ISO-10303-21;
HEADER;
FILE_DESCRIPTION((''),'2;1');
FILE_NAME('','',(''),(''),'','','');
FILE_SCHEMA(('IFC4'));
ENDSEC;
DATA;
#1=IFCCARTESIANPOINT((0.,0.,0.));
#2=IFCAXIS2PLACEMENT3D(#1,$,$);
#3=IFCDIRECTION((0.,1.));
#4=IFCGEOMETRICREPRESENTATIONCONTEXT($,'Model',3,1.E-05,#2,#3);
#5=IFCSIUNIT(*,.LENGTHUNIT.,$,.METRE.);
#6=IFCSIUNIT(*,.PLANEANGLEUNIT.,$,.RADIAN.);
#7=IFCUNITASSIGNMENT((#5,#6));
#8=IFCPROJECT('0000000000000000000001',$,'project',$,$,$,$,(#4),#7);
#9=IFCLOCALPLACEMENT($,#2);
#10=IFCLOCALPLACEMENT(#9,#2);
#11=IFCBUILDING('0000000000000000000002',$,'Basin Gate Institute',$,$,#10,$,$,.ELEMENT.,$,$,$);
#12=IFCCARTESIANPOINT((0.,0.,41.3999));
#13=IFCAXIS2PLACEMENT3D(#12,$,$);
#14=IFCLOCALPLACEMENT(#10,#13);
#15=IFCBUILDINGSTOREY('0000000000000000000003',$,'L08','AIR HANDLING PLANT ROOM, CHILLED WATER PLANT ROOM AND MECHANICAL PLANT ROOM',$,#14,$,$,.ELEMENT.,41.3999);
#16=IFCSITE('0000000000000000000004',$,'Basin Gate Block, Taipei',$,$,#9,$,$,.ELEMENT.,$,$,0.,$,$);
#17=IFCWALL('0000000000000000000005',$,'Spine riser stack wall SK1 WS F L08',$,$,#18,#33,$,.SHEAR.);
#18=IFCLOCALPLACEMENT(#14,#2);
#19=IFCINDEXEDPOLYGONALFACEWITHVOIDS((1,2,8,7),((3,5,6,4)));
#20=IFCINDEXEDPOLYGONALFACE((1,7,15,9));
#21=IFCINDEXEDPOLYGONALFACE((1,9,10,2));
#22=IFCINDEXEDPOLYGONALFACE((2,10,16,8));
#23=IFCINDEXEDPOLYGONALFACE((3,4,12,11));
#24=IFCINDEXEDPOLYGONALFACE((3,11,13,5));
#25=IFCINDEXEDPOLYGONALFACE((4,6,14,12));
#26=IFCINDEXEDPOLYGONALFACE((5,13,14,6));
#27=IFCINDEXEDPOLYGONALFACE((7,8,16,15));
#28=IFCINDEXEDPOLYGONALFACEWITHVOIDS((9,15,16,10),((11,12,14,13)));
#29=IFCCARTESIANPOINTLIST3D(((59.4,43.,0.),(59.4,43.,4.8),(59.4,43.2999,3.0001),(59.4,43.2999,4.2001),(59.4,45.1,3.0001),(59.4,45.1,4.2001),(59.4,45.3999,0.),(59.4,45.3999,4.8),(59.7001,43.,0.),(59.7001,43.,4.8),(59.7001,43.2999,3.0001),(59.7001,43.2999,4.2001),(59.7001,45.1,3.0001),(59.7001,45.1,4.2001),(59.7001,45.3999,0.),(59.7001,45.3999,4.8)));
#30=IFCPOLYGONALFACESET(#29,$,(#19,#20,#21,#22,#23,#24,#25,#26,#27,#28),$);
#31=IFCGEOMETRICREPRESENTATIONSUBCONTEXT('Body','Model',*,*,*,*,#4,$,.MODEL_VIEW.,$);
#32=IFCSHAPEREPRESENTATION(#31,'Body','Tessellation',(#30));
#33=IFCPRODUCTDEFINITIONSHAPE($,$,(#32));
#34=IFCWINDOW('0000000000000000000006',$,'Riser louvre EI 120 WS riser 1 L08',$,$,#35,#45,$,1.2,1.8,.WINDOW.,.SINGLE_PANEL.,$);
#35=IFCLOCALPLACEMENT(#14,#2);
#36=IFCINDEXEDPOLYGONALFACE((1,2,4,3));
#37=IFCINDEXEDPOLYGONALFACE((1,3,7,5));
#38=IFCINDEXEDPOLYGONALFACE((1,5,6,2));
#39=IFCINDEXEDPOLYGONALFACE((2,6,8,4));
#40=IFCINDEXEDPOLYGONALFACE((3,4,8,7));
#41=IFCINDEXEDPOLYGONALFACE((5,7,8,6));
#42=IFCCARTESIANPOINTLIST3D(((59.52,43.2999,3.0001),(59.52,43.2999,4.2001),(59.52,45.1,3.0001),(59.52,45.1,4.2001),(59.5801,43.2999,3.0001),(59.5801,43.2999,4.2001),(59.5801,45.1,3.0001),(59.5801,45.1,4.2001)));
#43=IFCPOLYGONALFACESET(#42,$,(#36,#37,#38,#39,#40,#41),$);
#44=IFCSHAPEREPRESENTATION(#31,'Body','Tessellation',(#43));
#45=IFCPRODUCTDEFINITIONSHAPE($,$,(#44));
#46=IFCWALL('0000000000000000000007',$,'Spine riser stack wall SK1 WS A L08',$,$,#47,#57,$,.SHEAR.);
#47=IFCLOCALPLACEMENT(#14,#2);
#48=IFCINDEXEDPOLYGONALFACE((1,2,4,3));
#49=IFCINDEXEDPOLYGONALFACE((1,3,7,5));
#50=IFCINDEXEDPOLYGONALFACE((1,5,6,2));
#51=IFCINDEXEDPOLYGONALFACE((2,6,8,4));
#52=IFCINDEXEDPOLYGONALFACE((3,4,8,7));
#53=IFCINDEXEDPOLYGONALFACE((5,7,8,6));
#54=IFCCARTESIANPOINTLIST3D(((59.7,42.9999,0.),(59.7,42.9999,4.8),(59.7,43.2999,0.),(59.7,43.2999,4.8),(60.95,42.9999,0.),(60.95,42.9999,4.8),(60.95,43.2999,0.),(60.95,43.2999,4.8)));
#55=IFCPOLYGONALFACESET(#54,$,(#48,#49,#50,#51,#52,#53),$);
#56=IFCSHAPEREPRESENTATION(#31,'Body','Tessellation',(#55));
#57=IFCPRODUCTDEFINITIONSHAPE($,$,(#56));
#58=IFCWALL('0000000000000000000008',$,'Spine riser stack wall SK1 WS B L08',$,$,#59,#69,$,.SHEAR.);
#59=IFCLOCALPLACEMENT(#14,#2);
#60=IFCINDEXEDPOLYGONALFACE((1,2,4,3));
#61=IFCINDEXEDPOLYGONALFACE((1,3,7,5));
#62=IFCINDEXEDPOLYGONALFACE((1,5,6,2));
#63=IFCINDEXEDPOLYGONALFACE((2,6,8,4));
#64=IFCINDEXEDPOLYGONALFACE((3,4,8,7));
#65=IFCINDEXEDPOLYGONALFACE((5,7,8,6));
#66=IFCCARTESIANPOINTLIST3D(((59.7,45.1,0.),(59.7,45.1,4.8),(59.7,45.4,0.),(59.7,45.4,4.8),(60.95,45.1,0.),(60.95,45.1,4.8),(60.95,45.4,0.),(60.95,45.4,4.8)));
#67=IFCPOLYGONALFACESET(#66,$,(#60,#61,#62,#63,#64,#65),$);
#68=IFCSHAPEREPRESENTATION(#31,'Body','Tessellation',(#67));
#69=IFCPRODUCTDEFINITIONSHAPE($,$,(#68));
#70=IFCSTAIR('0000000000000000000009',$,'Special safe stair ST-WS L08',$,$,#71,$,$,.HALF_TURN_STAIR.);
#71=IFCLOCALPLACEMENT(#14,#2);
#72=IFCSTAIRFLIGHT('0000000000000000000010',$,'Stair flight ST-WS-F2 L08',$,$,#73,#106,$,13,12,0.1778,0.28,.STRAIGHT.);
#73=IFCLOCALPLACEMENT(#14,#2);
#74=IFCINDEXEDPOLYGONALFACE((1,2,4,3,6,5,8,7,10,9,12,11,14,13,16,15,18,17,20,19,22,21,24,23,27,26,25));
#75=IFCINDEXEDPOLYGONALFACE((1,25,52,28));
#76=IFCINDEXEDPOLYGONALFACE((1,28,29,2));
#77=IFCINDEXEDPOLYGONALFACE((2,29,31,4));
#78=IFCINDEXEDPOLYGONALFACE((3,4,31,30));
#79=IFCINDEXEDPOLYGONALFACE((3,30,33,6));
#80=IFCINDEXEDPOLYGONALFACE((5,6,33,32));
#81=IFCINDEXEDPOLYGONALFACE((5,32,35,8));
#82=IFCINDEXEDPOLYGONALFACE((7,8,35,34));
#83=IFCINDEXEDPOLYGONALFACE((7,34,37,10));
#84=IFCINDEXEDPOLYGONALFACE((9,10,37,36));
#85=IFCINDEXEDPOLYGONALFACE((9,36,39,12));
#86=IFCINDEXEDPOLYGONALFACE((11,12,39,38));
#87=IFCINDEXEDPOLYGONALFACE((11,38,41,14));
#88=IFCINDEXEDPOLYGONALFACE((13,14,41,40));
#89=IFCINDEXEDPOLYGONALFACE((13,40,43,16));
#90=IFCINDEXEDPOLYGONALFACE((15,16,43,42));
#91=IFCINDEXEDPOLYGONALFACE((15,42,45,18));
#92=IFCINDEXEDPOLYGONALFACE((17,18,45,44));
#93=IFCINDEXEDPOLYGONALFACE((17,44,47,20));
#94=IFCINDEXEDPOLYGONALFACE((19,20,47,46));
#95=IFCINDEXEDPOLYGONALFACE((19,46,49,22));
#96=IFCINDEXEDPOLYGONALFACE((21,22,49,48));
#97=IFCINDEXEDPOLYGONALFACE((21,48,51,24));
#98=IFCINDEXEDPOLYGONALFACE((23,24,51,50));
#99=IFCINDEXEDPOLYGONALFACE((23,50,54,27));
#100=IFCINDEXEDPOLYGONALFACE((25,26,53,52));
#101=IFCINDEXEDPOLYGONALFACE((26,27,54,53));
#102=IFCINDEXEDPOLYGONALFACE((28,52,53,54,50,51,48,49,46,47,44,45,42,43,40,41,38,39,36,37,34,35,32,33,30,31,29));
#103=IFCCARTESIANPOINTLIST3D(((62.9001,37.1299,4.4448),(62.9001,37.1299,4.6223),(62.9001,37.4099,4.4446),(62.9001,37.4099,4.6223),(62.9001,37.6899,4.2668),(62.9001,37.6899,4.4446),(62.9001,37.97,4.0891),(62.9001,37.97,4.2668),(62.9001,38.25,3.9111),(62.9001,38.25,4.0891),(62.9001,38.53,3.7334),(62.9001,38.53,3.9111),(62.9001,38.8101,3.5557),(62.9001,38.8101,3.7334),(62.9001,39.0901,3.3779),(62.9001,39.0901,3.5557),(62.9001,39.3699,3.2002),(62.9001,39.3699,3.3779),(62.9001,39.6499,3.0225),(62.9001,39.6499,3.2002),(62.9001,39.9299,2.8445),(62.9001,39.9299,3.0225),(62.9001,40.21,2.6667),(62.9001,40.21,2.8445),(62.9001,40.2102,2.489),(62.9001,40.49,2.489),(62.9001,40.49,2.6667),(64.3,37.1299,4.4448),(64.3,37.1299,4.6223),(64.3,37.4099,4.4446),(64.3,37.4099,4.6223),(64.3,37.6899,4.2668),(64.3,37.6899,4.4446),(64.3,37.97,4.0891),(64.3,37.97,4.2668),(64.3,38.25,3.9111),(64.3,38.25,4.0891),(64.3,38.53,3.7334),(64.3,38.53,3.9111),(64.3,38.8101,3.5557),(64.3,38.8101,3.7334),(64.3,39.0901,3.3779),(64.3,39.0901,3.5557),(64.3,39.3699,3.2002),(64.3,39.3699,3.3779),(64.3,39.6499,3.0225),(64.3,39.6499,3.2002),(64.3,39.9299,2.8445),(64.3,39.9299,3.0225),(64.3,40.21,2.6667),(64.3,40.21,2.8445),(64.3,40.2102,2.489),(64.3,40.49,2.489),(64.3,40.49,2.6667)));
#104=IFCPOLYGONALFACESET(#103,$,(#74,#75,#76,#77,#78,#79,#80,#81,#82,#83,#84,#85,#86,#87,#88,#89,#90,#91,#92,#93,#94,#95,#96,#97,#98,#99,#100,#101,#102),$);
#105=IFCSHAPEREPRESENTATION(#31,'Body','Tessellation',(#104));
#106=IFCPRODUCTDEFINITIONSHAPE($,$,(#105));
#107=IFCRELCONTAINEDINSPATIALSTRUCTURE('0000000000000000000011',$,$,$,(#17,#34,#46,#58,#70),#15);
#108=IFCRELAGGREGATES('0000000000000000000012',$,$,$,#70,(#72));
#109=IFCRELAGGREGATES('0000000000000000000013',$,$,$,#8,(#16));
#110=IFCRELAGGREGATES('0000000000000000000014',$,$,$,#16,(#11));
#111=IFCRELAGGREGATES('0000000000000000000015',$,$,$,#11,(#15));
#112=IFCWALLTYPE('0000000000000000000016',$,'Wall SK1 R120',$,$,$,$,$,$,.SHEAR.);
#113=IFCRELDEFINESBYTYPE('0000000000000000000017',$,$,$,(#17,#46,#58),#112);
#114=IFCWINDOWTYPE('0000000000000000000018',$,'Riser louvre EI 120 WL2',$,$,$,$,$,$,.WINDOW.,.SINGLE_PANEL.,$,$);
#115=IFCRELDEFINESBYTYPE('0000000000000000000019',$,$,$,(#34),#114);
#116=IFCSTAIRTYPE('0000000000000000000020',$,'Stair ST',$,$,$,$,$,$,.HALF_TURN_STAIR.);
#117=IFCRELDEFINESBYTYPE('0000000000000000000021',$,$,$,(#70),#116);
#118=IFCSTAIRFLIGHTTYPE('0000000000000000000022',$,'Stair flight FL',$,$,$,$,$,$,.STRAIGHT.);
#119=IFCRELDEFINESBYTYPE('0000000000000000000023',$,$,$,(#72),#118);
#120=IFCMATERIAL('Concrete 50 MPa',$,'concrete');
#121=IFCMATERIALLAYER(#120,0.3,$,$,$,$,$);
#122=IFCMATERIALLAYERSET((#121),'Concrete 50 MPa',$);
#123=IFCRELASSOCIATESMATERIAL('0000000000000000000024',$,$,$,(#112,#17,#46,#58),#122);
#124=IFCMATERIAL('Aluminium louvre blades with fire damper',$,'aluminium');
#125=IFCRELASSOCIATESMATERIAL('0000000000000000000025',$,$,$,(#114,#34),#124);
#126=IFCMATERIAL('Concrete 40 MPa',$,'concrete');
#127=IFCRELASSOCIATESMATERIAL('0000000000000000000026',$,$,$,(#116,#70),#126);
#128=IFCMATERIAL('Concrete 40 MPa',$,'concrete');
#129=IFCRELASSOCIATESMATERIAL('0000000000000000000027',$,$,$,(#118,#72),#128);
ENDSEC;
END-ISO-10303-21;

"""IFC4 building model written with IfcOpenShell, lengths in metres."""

from ifc_helpers import new_model, si_unit, direction, frame, frame_2d, origin, place, context, subcontext, project, spatial, polyline, rectangle, outline, extrude, material, layer, layer_set, type_object, element, fill, aggregate, save


model = new_model("IFC4")

# Units and contexts
model_context = context("Model", 3, precision=1e-05, world=origin(), true_north=direction((0.0, 1.0)))
body_context = subcontext(model_context, "Body", "Model", "MODEL_VIEW")
ifc_project = project(units=[si_unit("LENGTHUNIT", "METRE"), si_unit("PLANEANGLEUNIT", "RADIAN")], contexts=[model_context])

# Site, building, storey
site_placement = place(None, origin())
site = spatial("IfcSite", under=ifc_project, at=site_placement, Name="Basin Gate Block, Taipei", CompositionType="ELEMENT", RefElevation=0.0)
building_placement = place(site_placement, origin())
building = spatial("IfcBuilding", under=site, at=building_placement, Name="Basin Gate Institute", CompositionType="ELEMENT")
storey_placement = place(building_placement, frame((0.0, 0.0, 41.3999)))
storey = spatial("IfcBuildingStorey", under=building, at=storey_placement, Name="L08", Description="AIR HANDLING PLANT ROOM, CHILLED WATER PLANT ROOM AND MECHANICAL PLANT ROOM", CompositionType="ELEMENT", Elevation=41.3999)

# Wall, opening, window
ifc_material_1 = material(Name="Concrete 50 MPa", Category="concrete")
ifc_layer_1 = layer(ifc_material_1, 0.3)
ifc_layer_set_1 = layer_set([ifc_layer_1], Name="Concrete 50 MPa")
wall_type_1 = type_object("IfcWallType", Name="Wall SK1 R120", PredefinedType="SHEAR", material=ifc_layer_set_1)
wall_1_placement = place(storey_placement, frame((59.55, 43.0, 0.0), z_axis=(0.0, 0.0, 1.0), x_axis=(0.0, 1.0, 0.0)))
wall_1 = element("IfcWall", 1, at=wall_1_placement, inside=storey, type_object=wall_type_1, material=ifc_layer_set_1, Name="Spine riser stack wall SK1 WS F L08", PredefinedType="SHEAR", context=body_context, shape_type="SweptSolid", body=[
    extrude(rectangle(XDim=2.3999, YDim=0.3, at=frame_2d((1.2, 0.0))), origin(), (0.0, 0.0, 1.0), 4.8),
])
opening_1_placement = place(wall_1_placement, frame((0.3, 0.0, 3.0)))
opening_1 = element("IfcOpeningElement", 2, at=opening_1_placement, cuts=wall_1, PredefinedType="OPENING", context=body_context, shape_type="SweptSolid", body=[
    extrude(rectangle(XDim=1.8, YDim=1.2, at=frame_2d((0.8999, 0.6001))), frame((0.0, 0.1602, 0.0), z_axis=(0.0, -1.0, 0.0), x_axis=(1.0, 0.0, 0.0)), (0.0, 0.0, 1.0), 0.3201),
])
ifc_material_2 = material(Name="Aluminium louvre blades with fire damper", Category="aluminium")
window_type = type_object("IfcWindowType", Name="Riser louvre EI 120 WL2", PartitioningType="SINGLE_PANEL", PredefinedType="WINDOW", material=ifc_material_2)
window_placement = place(opening_1_placement, origin())
window = element("IfcWindow", 3, at=window_placement, inside=storey, type_object=window_type, material=ifc_material_2, Name="Riser louvre EI 120 WS riser 1 L08", OverallHeight=1.2, OverallWidth=1.8, PartitioningType="SINGLE_PANEL", PredefinedType="WINDOW", context=body_context, shape_type="SweptSolid", body=[
    extrude(rectangle(XDim=1.8, YDim=1.2, at=frame_2d((0.8999, 0.6001))), frame((0.0, 0.03, 0.0), z_axis=(0.0, -1.0, 0.0), x_axis=(1.0, 0.0, 0.0)), (0.0, 0.0, 1.0), 0.0601),
])
fill(opening_1, window)

# Walls
for number, where, z_axis, x_axis, name in (
    (4, (60.95, 43.1499, 0.0), (0.0, 0.0, 1.0), (-1.0, 0.0, 0.0), "Spine riser stack wall SK1 WS A L08"),
    (5, (60.95, 45.25, 0.0), (0.0, 0.0, 1.0), (-1.0, 0.0, 0.0), "Spine riser stack wall SK1 WS B L08"),
):
    element("IfcWall", number, at=place(storey_placement, frame(where, z_axis=z_axis, x_axis=x_axis)), inside=storey, type_object=wall_type_1, material=ifc_layer_set_1, Name=name, PredefinedType="SHEAR", context=body_context, shape_type="SweptSolid", body=[
        extrude(rectangle(XDim=1.25, YDim=0.3, at=frame_2d((0.625, 0.0))), origin(), (0.0, 0.0, 1.0), 4.8),
    ])

# Stair, stair flight
ifc_material_3 = material(Name="Concrete 40 MPa", Category="concrete")
stair_type = type_object("IfcStairType", Name="Stair ST", PredefinedType="HALF_TURN_STAIR", material=ifc_material_3)
stair_placement = place(storey_placement, origin())
stair = element("IfcStair", 6, at=stair_placement, inside=storey, type_object=stair_type, material=ifc_material_3, Name="Special safe stair ST-WS L08", PredefinedType="HALF_TURN_STAIR")
ifc_material_4 = material(Name="Concrete 40 MPa", Category="concrete")
stair_flight_type = type_object("IfcStairFlightType", Name="Stair flight FL", PredefinedType="STRAIGHT", material=ifc_material_4)
stair_flight_placement = place(storey_placement, frame((63.6001, 40.49, 2.489), z_axis=(0.0, 0.0, 1.0), x_axis=(0.0, -1.0, 0.0)))
stair_flight = element("IfcStairFlight", 7, at=stair_flight_placement, type_object=stair_flight_type, material=ifc_material_4, Name="Stair flight ST-WS-F2 L08", NumberOfRisers=13, NumberOfTreads=12, PredefinedType="STRAIGHT", RiserHeight=0.1778, TreadLength=0.28, context=body_context, shape_type="SweptSolid", body=[
    extrude(outline(polyline([(0.0, 0.0), (0.0, 0.1777), (0.28, 0.1777), (0.28, 0.3555), (0.5601, 0.3555), (0.5601, 0.5334), (0.8401, 0.5334), (0.8401, 0.7112), (1.1201, 0.7112), (1.1201, 0.8889), (1.3999, 0.8889), (1.3999, 1.0667), (1.6799, 1.0667), (1.6799, 1.2444), (1.96, 1.2444), (1.96, 1.4221), (2.24, 1.4221), (2.24, 1.6001), (2.52, 1.6001), (2.52, 1.7778), (2.8, 1.7778), (2.8, 1.9556), (3.0801, 1.9556), (3.0801, 2.1333), (3.3601, 2.1333), (3.3601, 2.311), (3.3601, 1.9558), (0.2798, 0.0), (0.0, 0.0)])), frame((0.0, 0.7, 0.0), z_axis=(0.0, -1.0, 0.0), x_axis=(1.0, 0.0, 0.0)), (0.0, 0.0, 1.0), 1.3999),
])
aggregate(stair, [stair_flight])

save(model, "model.ifc")
